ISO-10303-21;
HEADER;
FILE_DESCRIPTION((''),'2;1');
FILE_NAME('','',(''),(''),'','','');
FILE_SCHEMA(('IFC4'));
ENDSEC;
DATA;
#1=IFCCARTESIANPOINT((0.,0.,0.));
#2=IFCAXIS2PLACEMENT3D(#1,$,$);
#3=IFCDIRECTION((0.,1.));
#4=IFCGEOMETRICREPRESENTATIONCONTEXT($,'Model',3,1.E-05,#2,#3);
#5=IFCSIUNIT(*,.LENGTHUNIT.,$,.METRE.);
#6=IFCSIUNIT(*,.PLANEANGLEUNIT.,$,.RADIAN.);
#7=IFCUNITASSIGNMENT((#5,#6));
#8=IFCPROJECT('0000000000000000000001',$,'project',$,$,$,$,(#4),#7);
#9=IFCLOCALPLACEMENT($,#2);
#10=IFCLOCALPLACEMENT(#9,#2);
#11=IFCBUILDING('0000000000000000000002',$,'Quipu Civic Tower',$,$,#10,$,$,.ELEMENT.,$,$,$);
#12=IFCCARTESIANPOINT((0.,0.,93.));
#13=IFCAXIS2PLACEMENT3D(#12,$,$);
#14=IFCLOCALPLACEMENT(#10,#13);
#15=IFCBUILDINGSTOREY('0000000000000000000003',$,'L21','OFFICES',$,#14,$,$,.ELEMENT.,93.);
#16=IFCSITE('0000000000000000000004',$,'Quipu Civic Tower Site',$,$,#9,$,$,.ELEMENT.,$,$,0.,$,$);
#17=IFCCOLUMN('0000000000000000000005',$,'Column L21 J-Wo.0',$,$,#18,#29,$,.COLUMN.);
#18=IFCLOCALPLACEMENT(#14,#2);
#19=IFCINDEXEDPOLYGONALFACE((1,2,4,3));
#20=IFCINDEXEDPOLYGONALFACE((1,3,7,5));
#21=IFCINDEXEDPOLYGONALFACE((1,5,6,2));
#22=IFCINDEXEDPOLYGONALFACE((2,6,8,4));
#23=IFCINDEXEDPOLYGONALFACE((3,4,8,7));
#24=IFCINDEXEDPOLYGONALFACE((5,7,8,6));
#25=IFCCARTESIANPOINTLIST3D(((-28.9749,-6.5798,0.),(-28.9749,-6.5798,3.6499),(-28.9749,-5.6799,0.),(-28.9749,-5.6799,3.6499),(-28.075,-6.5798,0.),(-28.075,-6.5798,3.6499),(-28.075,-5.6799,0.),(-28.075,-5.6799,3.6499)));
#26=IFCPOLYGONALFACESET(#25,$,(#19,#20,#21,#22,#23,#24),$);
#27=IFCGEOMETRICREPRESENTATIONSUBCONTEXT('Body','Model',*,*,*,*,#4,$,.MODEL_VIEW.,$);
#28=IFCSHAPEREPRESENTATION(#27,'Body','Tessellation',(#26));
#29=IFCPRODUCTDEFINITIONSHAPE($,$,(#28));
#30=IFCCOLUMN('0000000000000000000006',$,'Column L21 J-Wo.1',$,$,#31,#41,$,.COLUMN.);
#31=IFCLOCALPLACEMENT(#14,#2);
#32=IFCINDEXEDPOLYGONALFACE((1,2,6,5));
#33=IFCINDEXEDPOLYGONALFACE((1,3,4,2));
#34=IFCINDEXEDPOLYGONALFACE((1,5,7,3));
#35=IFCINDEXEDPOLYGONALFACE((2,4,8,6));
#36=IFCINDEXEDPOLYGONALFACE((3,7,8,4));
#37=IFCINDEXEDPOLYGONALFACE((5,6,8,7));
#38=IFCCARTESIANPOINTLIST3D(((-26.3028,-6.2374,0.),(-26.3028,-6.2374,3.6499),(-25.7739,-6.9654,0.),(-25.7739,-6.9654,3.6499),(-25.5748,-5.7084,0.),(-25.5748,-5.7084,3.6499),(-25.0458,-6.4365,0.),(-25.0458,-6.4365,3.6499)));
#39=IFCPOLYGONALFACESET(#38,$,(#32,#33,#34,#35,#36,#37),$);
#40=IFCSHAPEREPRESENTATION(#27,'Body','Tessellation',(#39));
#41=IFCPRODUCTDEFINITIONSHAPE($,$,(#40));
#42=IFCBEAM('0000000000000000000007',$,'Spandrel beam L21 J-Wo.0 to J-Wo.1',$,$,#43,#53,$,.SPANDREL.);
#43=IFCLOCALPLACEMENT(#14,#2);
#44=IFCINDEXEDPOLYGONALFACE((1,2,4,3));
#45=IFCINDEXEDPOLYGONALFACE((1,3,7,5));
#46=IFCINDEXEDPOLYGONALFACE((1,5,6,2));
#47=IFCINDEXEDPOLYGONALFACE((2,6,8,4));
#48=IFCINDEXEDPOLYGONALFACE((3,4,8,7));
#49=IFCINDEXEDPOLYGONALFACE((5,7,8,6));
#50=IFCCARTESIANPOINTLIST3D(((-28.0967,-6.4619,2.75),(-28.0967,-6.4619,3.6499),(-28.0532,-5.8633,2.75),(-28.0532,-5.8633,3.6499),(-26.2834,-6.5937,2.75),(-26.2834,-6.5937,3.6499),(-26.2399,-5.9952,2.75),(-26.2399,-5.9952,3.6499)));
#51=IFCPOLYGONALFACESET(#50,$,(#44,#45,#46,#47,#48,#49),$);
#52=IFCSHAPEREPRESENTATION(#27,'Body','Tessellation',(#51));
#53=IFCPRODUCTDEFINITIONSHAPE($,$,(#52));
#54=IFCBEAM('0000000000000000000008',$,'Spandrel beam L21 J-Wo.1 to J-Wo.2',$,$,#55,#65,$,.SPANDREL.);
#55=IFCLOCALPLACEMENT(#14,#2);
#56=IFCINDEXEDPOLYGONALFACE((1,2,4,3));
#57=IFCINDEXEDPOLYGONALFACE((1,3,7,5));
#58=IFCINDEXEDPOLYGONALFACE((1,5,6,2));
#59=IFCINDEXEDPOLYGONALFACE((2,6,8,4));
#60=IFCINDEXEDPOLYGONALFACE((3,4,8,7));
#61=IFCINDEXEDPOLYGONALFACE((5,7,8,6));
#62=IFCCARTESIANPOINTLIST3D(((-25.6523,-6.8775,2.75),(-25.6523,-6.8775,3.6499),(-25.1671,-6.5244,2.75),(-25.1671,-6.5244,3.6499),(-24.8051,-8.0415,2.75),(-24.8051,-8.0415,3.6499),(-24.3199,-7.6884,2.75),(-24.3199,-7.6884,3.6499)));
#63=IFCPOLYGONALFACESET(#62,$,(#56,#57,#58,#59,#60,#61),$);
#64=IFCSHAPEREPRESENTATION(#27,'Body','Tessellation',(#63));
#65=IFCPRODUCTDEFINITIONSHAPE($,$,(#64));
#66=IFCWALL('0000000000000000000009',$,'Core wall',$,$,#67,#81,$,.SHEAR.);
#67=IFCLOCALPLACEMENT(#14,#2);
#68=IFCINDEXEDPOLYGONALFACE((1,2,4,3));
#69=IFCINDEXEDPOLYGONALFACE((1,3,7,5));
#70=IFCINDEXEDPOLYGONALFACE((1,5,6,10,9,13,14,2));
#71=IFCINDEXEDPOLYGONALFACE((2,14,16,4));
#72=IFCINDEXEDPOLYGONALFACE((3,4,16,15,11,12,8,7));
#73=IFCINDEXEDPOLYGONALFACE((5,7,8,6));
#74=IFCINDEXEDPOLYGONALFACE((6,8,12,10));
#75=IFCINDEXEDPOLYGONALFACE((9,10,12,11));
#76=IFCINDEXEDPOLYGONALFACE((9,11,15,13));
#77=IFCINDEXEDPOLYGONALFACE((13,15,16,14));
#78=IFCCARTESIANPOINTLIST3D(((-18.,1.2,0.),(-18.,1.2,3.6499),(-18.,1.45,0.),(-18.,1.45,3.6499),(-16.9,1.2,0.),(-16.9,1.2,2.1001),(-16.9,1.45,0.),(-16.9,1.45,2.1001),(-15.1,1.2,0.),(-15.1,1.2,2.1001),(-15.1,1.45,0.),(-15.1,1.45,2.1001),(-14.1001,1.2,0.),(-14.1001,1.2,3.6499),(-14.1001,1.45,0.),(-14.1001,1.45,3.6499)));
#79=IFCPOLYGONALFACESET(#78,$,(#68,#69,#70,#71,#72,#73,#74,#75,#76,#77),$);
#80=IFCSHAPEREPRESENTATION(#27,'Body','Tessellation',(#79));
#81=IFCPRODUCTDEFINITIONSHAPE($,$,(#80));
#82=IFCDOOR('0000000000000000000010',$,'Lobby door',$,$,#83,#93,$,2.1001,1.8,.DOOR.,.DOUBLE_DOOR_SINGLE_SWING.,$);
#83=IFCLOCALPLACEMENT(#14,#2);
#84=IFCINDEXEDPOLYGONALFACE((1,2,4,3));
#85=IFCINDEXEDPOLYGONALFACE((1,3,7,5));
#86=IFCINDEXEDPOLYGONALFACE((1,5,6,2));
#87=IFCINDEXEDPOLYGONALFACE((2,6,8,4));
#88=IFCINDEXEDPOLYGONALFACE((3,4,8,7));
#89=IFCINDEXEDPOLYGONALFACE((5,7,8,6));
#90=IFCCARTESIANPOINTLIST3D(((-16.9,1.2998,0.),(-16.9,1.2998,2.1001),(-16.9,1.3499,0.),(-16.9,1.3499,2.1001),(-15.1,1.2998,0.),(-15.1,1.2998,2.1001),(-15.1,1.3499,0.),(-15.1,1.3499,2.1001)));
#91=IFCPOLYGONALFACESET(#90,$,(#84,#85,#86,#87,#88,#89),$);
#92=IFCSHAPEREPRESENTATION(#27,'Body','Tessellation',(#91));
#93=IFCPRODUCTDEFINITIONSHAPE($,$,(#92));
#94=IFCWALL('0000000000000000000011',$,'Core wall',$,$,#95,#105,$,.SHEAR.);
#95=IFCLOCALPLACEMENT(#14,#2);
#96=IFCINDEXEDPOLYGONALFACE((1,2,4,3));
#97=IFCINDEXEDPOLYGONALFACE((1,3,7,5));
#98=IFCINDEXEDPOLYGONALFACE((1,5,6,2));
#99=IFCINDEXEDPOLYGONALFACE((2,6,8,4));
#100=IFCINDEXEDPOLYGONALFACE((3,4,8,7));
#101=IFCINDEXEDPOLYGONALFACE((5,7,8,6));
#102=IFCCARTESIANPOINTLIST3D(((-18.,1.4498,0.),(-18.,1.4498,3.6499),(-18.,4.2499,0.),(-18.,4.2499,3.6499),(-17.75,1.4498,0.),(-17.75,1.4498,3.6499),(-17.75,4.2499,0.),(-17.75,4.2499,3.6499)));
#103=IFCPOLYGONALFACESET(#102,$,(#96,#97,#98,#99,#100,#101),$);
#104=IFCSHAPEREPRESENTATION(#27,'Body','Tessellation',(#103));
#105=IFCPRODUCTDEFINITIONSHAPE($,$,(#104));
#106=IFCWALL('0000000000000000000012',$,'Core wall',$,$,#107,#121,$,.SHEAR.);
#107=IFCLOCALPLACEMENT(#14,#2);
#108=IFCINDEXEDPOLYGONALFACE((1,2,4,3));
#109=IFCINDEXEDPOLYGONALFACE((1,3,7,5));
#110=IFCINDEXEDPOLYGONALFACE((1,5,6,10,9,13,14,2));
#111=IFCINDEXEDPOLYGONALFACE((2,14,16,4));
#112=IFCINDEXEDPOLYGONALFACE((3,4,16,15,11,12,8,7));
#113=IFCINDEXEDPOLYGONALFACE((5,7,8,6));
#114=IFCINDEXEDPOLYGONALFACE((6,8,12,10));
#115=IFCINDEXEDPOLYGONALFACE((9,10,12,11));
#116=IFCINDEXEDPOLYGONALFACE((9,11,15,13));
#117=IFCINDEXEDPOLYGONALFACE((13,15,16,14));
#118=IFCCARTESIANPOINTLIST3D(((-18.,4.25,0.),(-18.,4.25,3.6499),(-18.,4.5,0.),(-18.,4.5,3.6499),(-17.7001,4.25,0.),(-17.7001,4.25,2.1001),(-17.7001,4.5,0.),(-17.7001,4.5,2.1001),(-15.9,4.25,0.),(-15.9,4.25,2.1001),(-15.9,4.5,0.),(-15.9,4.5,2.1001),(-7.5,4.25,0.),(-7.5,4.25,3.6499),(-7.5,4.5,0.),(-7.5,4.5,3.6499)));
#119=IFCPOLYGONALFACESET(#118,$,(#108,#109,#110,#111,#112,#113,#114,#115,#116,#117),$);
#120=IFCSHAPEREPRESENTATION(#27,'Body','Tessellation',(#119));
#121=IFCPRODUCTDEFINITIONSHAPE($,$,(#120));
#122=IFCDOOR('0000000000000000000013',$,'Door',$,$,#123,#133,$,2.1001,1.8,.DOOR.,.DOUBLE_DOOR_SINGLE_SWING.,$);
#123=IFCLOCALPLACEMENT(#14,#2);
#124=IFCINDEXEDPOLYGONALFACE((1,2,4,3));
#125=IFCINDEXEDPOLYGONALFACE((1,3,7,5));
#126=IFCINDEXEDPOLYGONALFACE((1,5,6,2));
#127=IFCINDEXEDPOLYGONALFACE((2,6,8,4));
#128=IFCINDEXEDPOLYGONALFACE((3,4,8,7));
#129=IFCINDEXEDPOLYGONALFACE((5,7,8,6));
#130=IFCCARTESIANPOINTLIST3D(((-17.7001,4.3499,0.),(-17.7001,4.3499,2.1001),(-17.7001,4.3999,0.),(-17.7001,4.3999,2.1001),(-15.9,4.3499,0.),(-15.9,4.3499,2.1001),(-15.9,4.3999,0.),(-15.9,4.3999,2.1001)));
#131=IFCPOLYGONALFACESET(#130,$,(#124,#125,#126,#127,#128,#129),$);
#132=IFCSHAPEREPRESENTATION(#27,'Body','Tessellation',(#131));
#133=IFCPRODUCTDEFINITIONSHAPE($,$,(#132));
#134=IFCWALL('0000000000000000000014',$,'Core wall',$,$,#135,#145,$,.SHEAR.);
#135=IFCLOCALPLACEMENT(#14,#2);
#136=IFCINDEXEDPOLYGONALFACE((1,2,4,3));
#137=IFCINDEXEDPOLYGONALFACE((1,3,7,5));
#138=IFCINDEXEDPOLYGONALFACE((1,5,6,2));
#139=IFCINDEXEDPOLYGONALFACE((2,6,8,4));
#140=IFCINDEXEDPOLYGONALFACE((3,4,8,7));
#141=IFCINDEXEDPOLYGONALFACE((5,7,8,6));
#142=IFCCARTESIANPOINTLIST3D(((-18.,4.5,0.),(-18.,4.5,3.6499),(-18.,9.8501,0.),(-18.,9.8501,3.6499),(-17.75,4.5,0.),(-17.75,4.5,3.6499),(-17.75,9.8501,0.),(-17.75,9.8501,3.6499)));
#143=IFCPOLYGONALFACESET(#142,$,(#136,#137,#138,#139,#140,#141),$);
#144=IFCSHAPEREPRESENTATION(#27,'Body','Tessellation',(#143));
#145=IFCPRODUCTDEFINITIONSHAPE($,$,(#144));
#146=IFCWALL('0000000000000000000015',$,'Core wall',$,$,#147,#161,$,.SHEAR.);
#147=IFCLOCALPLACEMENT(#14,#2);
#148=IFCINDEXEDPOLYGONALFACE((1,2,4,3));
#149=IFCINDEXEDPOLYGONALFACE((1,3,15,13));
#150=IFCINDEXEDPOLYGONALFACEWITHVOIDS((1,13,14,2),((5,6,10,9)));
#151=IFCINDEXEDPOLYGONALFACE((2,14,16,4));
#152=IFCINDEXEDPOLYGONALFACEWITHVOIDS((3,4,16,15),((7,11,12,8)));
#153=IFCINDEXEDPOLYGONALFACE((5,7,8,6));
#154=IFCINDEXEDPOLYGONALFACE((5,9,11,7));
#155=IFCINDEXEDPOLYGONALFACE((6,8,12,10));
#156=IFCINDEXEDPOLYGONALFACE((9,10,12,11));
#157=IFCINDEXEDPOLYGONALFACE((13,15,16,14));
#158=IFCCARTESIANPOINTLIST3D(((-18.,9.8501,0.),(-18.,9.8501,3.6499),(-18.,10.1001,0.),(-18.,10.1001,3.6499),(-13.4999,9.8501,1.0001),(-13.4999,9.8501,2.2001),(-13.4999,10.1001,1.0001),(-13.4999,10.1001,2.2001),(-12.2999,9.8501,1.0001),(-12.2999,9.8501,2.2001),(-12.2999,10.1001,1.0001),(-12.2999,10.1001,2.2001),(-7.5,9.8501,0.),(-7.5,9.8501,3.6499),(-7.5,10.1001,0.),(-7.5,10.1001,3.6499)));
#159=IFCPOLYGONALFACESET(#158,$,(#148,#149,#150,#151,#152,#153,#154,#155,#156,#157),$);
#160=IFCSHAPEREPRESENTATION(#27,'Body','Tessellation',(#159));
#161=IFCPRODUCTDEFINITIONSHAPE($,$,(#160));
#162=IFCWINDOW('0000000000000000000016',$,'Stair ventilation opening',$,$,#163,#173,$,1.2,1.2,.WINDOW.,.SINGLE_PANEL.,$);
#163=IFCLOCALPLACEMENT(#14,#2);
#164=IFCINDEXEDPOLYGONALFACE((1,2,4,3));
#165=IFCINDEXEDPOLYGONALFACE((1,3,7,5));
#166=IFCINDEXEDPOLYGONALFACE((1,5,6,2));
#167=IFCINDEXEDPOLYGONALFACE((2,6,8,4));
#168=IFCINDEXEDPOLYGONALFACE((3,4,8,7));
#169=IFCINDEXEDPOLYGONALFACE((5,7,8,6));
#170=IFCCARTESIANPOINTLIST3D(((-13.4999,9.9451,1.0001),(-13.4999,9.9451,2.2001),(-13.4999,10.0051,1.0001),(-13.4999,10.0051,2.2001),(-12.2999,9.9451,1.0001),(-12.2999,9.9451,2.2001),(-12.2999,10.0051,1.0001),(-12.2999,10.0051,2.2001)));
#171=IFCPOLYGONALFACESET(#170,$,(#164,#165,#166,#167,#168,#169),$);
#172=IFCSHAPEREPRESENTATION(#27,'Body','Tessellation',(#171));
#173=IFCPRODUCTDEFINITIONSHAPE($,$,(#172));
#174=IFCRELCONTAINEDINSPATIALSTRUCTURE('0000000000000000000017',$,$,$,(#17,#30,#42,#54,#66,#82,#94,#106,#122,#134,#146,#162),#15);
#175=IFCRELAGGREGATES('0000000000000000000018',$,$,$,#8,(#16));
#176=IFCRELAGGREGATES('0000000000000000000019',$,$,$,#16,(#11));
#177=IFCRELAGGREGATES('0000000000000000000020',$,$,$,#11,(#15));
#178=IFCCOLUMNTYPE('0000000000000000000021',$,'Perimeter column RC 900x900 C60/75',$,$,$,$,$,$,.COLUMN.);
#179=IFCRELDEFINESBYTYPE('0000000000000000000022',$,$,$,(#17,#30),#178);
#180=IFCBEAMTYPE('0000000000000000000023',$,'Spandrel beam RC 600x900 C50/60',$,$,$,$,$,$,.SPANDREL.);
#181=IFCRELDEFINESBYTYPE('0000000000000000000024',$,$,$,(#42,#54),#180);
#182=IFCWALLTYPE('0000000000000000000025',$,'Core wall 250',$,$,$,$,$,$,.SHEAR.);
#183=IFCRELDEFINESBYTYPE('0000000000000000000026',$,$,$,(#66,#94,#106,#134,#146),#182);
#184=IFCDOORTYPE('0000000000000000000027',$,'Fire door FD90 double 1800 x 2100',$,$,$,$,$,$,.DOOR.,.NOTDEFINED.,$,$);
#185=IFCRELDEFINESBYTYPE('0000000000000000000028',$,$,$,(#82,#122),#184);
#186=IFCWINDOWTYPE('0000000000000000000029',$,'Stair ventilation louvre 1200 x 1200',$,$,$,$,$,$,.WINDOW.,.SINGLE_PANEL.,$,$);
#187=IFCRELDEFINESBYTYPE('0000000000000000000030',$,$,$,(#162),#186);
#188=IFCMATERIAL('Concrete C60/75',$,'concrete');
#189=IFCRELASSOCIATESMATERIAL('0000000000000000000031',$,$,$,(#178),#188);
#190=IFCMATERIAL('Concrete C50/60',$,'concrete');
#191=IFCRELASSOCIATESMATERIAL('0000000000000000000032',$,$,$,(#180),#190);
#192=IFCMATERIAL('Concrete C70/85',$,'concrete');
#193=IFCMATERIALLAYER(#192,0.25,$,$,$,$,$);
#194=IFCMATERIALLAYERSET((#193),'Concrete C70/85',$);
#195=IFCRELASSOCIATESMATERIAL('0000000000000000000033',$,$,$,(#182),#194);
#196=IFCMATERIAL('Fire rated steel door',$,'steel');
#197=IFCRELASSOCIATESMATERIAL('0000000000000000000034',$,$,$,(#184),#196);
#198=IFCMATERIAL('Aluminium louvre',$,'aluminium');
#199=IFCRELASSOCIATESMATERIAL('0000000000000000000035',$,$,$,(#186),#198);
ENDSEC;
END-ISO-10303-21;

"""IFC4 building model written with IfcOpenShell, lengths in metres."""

from ifc_helpers import new_model, si_unit, direction, frame, frame_2d, origin, origin_2d, place, context, subcontext, project, spatial, rectangle, extrude, material, layer, layer_set, material_profile, profile_set, type_object, element, fill, save


model = new_model("IFC4")

# Units and contexts
model_context = context("Model", 3, precision=1e-05, world=origin(), true_north=direction((0.0, 1.0)))
body_context = subcontext(model_context, "Body", "Model", "MODEL_VIEW")
ifc_project = project(units=[si_unit("LENGTHUNIT", "METRE"), si_unit("PLANEANGLEUNIT", "RADIAN")], contexts=[model_context])

# Site, building, storey
site_placement = place(None, origin())
site = spatial("IfcSite", under=ifc_project, at=site_placement, Name="Quipu Civic Tower Site", CompositionType="ELEMENT", RefElevation=0.0)
building_placement = place(site_placement, origin())
building = spatial("IfcBuilding", under=site, at=building_placement, Name="Quipu Civic Tower", CompositionType="ELEMENT")
storey_placement = place(building_placement, frame((0.0, 0.0, 93.0)))
storey = spatial("IfcBuildingStorey", under=building, at=storey_placement, Name="L21", Description="OFFICES", CompositionType="ELEMENT", Elevation=93.0)

# Columns
ifc_material_1 = material(Name="Concrete C60/75", Category="concrete")
ifc_material_profile_1 = material_profile(ifc_material_1, rectangle(XDim=0.8999, YDim=0.8999, at=origin_2d()), Name="RC900x900")
ifc_profile_set_1 = profile_set([ifc_material_profile_1], Name="Concrete C60/75")
column_type = type_object("IfcColumnType", Name="Perimeter column RC 900x900 C60/75", PredefinedType="COLUMN", material=ifc_profile_set_1)
for number, where, z_axis, x_axis, name in (
    (1, (-28.5249, -6.1299, 0.0), (0.0, 0.0, 1.0), (1.0, 0.0, 0.0), "Column L21 J-Wo.0"),
    (2, (-25.6743, -6.3369, 0.0), (0.0, 0.0, 1.0), (0.587785, -0.809017, 0.0), "Column L21 J-Wo.1"),
):
    element("IfcColumn", number, at=place(storey_placement, frame(where, z_axis=z_axis, x_axis=x_axis)), inside=storey, type_object=column_type, Name=name, PredefinedType="COLUMN", context=body_context, shape_type="SweptSolid", body=[
        extrude(rectangle(XDim=0.8999, YDim=0.8999, at=origin_2d()), origin(), (0.0, 0.0, 1.0), 3.6499),
    ])

# Beams
ifc_material_2 = material(Name="Concrete C50/60", Category="concrete")
ifc_material_profile_2 = material_profile(ifc_material_2, rectangle(XDim=0.6001, YDim=0.8999, at=origin_2d()), Name="RC600x900")
ifc_profile_set_2 = profile_set([ifc_material_profile_2], Name="Concrete C50/60")
beam_type = type_object("IfcBeamType", Name="Spandrel beam RC 600x900 C50/60", PredefinedType="SPANDREL", material=ifc_profile_set_2)
beam_1_placement = place(storey_placement, frame((-28.075, -6.1626, 3.2), z_axis=(0.997367, -0.072516, 0.0), x_axis=(0.072516, 0.997367, 0.0)))
element("IfcBeam", 3, at=beam_1_placement, inside=storey, type_object=beam_type, Name="Spandrel beam L21 J-Wo.0 to J-Wo.1", PredefinedType="SPANDREL", context=body_context, shape_type="SweptSolid", body=[
    extrude(rectangle(XDim=0.6001, YDim=0.8999, at=origin_2d()), origin(), (0.0, 0.0, 1.0), 1.8181),
])
beam_2_placement = place(storey_placement, frame((-25.4097, -6.7009, 3.2), z_axis=(0.588434, -0.808545, 0.0), x_axis=(0.808545, 0.588434, 0.0)))
element("IfcBeam", 4, at=beam_2_placement, inside=storey, type_object=beam_type, Name="Spandrel beam L21 J-Wo.1 to J-Wo.2", PredefinedType="SPANDREL", context=body_context, shape_type="SweptSolid", body=[
    extrude(rectangle(XDim=0.6001, YDim=0.8999, at=origin_2d()), origin(), (0.0, 0.0, 1.0), 1.4397),
])

# Wall, opening, door
ifc_material_3 = material(Name="Concrete C70/85", Category="concrete")
ifc_layer_1 = layer(ifc_material_3, 0.25)
ifc_layer_set_1 = layer_set([ifc_layer_1], Name="Concrete C70/85")
wall_type_1 = type_object("IfcWallType", Name="Core wall 250", PredefinedType="SHEAR", material=ifc_layer_set_1)
wall_1_placement = place(storey_placement, frame((-18.0, 1.325, 0.0), z_axis=(0.0, 0.0, 1.0), x_axis=(1.0, 0.0, 0.0)))
wall_1 = element("IfcWall", 5, at=wall_1_placement, inside=storey, type_object=wall_type_1, Name="Core wall", PredefinedType="SHEAR", context=body_context, shape_type="SweptSolid", body=[
    extrude(rectangle(XDim=3.8999, YDim=0.25, at=frame_2d((1.95, 0.0))), origin(), (0.0, 0.0, 1.0), 3.6499),
])
opening_1_placement = place(wall_1_placement, frame((1.1001, 0.0, 0.0)))
opening_1 = element("IfcOpeningElement", 6, at=opening_1_placement, cuts=wall_1, PredefinedType="OPENING", context=body_context, shape_type="SweptSolid", body=[
    extrude(rectangle(XDim=1.8, YDim=2.1001, at=frame_2d((0.8999, 1.05))), frame((0.0, 0.135, 0.0), z_axis=(0.0, -1.0, 0.0), x_axis=(1.0, 0.0, 0.0)), (0.0, 0.0, 1.0), 0.27),
])
ifc_material_4 = material(Name="Fire rated steel door", Category="steel")
door_type_1 = type_object("IfcDoorType", Name="Fire door FD90 double 1800 x 2100", OperationType="NOTDEFINED", PredefinedType="DOOR", material=ifc_material_4)
door_1_placement = place(opening_1_placement, origin())
door_1 = element("IfcDoor", 7, at=door_1_placement, inside=storey, type_object=door_type_1, Name="Lobby door", OperationType="DOUBLE_DOOR_SINGLE_SWING", OverallHeight=2.1001, OverallWidth=1.8, PredefinedType="DOOR", context=body_context, shape_type="SweptSolid", body=[
    extrude(rectangle(XDim=1.8, YDim=2.1001, at=frame_2d((0.8999, 1.05))), frame((0.0, 0.0249, 0.0), z_axis=(0.0, -1.0, 0.0), x_axis=(1.0, 0.0, 0.0)), (0.0, 0.0, 1.0), 0.05),
])
fill(opening_1, door_1)

# Wall
wall_2_placement = place(storey_placement, frame((-17.875, 1.45, 0.0), z_axis=(0.0, 0.0, 1.0), x_axis=(0.0, 1.0, 0.0)))
element("IfcWall", 8, at=wall_2_placement, inside=storey, type_object=wall_type_1, Name="Core wall", PredefinedType="SHEAR", context=body_context, shape_type="SweptSolid", body=[
    extrude(rectangle(XDim=2.8, YDim=0.25, at=frame_2d((1.3999, 0.0))), origin(), (0.0, 0.0, 1.0), 3.6499),
])

# Wall, opening, door
wall_3_placement = place(storey_placement, frame((-18.0, 4.375, 0.0), z_axis=(0.0, 0.0, 1.0), x_axis=(1.0, 0.0, 0.0)))
wall_3 = element("IfcWall", 9, at=wall_3_placement, inside=storey, type_object=wall_type_1, Name="Core wall", PredefinedType="SHEAR", context=body_context, shape_type="SweptSolid", body=[
    extrude(rectangle(XDim=10.5, YDim=0.25, at=frame_2d((5.25, 0.0))), origin(), (0.0, 0.0, 1.0), 3.6499),
])
opening_2_placement = place(wall_3_placement, frame((0.3, 0.0, 0.0)))
opening_2 = element("IfcOpeningElement", 10, at=opening_2_placement, cuts=wall_3, PredefinedType="OPENING", context=body_context, shape_type="SweptSolid", body=[
    extrude(rectangle(XDim=1.8, YDim=2.1001, at=frame_2d((0.8999, 1.05))), frame((0.0, 0.135, 0.0), z_axis=(0.0, -1.0, 0.0), x_axis=(1.0, 0.0, 0.0)), (0.0, 0.0, 1.0), 0.27),
])
door_2_placement = place(opening_2_placement, origin())
door_2 = element("IfcDoor", 11, at=door_2_placement, inside=storey, type_object=door_type_1, Name="Door", OperationType="DOUBLE_DOOR_SINGLE_SWING", OverallHeight=2.1001, OverallWidth=1.8, PredefinedType="DOOR", context=body_context, shape_type="SweptSolid", body=[
    extrude(rectangle(XDim=1.8, YDim=2.1001, at=frame_2d((0.8999, 1.05))), frame((0.0, 0.0249, 0.0), z_axis=(0.0, -1.0, 0.0), x_axis=(1.0, 0.0, 0.0)), (0.0, 0.0, 1.0), 0.05),
])
fill(opening_2, door_2)

# Wall
wall_4_placement = place(storey_placement, frame((-17.875, 4.5, 0.0), z_axis=(0.0, 0.0, 1.0), x_axis=(0.0, 1.0, 0.0)))
element("IfcWall", 12, at=wall_4_placement, inside=storey, type_object=wall_type_1, Name="Core wall", PredefinedType="SHEAR", context=body_context, shape_type="SweptSolid", body=[
    extrude(rectangle(XDim=5.3501, YDim=0.25, at=frame_2d((2.675, 0.0))), origin(), (0.0, 0.0, 1.0), 3.6499),
])

# Wall, opening, window
wall_5_placement = place(storey_placement, frame((-18.0, 9.9751, 0.0), z_axis=(0.0, 0.0, 1.0), x_axis=(1.0, 0.0, 0.0)))
wall_5 = element("IfcWall", 13, at=wall_5_placement, inside=storey, type_object=wall_type_1, Name="Core wall", PredefinedType="SHEAR", context=body_context, shape_type="SweptSolid", body=[
    extrude(rectangle(XDim=10.5, YDim=0.25, at=frame_2d((5.25, 0.0))), origin(), (0.0, 0.0, 1.0), 3.6499),
])
opening_3_placement = place(wall_5_placement, frame((4.5, 0.0, 1.0)))
opening_3 = element("IfcOpeningElement", 14, at=opening_3_placement, cuts=wall_5, PredefinedType="OPENING", context=body_context, shape_type="SweptSolid", body=[
    extrude(rectangle(XDim=1.2, YDim=1.2, at=frame_2d((0.6001, 0.6001))), frame((0.0, 0.135, 0.0), z_axis=(0.0, -1.0, 0.0), x_axis=(1.0, 0.0, 0.0)), (0.0, 0.0, 1.0), 0.27),
])
ifc_material_5 = material(Name="Aluminium louvre", Category="aluminium")
window_type = type_object("IfcWindowType", Name="Stair ventilation louvre 1200 x 1200", PartitioningType="SINGLE_PANEL", PredefinedType="WINDOW", material=ifc_material_5)
window_placement = place(opening_3_placement, origin())
window = element("IfcWindow", 15, at=window_placement, inside=storey, type_object=window_type, Name="Stair ventilation opening", OverallHeight=1.2, OverallWidth=1.2, PartitioningType="SINGLE_PANEL", PredefinedType="WINDOW", context=body_context, shape_type="SweptSolid", body=[
    extrude(rectangle(XDim=1.2, YDim=1.2, at=frame_2d((0.6001, 0.6001))), frame((0.0, 0.03, 0.0), z_axis=(0.0, -1.0, 0.0), x_axis=(1.0, 0.0, 0.0)), (0.0, 0.0, 1.0), 0.0601),
])
fill(opening_3, window)

save(model, "model.ifc")
